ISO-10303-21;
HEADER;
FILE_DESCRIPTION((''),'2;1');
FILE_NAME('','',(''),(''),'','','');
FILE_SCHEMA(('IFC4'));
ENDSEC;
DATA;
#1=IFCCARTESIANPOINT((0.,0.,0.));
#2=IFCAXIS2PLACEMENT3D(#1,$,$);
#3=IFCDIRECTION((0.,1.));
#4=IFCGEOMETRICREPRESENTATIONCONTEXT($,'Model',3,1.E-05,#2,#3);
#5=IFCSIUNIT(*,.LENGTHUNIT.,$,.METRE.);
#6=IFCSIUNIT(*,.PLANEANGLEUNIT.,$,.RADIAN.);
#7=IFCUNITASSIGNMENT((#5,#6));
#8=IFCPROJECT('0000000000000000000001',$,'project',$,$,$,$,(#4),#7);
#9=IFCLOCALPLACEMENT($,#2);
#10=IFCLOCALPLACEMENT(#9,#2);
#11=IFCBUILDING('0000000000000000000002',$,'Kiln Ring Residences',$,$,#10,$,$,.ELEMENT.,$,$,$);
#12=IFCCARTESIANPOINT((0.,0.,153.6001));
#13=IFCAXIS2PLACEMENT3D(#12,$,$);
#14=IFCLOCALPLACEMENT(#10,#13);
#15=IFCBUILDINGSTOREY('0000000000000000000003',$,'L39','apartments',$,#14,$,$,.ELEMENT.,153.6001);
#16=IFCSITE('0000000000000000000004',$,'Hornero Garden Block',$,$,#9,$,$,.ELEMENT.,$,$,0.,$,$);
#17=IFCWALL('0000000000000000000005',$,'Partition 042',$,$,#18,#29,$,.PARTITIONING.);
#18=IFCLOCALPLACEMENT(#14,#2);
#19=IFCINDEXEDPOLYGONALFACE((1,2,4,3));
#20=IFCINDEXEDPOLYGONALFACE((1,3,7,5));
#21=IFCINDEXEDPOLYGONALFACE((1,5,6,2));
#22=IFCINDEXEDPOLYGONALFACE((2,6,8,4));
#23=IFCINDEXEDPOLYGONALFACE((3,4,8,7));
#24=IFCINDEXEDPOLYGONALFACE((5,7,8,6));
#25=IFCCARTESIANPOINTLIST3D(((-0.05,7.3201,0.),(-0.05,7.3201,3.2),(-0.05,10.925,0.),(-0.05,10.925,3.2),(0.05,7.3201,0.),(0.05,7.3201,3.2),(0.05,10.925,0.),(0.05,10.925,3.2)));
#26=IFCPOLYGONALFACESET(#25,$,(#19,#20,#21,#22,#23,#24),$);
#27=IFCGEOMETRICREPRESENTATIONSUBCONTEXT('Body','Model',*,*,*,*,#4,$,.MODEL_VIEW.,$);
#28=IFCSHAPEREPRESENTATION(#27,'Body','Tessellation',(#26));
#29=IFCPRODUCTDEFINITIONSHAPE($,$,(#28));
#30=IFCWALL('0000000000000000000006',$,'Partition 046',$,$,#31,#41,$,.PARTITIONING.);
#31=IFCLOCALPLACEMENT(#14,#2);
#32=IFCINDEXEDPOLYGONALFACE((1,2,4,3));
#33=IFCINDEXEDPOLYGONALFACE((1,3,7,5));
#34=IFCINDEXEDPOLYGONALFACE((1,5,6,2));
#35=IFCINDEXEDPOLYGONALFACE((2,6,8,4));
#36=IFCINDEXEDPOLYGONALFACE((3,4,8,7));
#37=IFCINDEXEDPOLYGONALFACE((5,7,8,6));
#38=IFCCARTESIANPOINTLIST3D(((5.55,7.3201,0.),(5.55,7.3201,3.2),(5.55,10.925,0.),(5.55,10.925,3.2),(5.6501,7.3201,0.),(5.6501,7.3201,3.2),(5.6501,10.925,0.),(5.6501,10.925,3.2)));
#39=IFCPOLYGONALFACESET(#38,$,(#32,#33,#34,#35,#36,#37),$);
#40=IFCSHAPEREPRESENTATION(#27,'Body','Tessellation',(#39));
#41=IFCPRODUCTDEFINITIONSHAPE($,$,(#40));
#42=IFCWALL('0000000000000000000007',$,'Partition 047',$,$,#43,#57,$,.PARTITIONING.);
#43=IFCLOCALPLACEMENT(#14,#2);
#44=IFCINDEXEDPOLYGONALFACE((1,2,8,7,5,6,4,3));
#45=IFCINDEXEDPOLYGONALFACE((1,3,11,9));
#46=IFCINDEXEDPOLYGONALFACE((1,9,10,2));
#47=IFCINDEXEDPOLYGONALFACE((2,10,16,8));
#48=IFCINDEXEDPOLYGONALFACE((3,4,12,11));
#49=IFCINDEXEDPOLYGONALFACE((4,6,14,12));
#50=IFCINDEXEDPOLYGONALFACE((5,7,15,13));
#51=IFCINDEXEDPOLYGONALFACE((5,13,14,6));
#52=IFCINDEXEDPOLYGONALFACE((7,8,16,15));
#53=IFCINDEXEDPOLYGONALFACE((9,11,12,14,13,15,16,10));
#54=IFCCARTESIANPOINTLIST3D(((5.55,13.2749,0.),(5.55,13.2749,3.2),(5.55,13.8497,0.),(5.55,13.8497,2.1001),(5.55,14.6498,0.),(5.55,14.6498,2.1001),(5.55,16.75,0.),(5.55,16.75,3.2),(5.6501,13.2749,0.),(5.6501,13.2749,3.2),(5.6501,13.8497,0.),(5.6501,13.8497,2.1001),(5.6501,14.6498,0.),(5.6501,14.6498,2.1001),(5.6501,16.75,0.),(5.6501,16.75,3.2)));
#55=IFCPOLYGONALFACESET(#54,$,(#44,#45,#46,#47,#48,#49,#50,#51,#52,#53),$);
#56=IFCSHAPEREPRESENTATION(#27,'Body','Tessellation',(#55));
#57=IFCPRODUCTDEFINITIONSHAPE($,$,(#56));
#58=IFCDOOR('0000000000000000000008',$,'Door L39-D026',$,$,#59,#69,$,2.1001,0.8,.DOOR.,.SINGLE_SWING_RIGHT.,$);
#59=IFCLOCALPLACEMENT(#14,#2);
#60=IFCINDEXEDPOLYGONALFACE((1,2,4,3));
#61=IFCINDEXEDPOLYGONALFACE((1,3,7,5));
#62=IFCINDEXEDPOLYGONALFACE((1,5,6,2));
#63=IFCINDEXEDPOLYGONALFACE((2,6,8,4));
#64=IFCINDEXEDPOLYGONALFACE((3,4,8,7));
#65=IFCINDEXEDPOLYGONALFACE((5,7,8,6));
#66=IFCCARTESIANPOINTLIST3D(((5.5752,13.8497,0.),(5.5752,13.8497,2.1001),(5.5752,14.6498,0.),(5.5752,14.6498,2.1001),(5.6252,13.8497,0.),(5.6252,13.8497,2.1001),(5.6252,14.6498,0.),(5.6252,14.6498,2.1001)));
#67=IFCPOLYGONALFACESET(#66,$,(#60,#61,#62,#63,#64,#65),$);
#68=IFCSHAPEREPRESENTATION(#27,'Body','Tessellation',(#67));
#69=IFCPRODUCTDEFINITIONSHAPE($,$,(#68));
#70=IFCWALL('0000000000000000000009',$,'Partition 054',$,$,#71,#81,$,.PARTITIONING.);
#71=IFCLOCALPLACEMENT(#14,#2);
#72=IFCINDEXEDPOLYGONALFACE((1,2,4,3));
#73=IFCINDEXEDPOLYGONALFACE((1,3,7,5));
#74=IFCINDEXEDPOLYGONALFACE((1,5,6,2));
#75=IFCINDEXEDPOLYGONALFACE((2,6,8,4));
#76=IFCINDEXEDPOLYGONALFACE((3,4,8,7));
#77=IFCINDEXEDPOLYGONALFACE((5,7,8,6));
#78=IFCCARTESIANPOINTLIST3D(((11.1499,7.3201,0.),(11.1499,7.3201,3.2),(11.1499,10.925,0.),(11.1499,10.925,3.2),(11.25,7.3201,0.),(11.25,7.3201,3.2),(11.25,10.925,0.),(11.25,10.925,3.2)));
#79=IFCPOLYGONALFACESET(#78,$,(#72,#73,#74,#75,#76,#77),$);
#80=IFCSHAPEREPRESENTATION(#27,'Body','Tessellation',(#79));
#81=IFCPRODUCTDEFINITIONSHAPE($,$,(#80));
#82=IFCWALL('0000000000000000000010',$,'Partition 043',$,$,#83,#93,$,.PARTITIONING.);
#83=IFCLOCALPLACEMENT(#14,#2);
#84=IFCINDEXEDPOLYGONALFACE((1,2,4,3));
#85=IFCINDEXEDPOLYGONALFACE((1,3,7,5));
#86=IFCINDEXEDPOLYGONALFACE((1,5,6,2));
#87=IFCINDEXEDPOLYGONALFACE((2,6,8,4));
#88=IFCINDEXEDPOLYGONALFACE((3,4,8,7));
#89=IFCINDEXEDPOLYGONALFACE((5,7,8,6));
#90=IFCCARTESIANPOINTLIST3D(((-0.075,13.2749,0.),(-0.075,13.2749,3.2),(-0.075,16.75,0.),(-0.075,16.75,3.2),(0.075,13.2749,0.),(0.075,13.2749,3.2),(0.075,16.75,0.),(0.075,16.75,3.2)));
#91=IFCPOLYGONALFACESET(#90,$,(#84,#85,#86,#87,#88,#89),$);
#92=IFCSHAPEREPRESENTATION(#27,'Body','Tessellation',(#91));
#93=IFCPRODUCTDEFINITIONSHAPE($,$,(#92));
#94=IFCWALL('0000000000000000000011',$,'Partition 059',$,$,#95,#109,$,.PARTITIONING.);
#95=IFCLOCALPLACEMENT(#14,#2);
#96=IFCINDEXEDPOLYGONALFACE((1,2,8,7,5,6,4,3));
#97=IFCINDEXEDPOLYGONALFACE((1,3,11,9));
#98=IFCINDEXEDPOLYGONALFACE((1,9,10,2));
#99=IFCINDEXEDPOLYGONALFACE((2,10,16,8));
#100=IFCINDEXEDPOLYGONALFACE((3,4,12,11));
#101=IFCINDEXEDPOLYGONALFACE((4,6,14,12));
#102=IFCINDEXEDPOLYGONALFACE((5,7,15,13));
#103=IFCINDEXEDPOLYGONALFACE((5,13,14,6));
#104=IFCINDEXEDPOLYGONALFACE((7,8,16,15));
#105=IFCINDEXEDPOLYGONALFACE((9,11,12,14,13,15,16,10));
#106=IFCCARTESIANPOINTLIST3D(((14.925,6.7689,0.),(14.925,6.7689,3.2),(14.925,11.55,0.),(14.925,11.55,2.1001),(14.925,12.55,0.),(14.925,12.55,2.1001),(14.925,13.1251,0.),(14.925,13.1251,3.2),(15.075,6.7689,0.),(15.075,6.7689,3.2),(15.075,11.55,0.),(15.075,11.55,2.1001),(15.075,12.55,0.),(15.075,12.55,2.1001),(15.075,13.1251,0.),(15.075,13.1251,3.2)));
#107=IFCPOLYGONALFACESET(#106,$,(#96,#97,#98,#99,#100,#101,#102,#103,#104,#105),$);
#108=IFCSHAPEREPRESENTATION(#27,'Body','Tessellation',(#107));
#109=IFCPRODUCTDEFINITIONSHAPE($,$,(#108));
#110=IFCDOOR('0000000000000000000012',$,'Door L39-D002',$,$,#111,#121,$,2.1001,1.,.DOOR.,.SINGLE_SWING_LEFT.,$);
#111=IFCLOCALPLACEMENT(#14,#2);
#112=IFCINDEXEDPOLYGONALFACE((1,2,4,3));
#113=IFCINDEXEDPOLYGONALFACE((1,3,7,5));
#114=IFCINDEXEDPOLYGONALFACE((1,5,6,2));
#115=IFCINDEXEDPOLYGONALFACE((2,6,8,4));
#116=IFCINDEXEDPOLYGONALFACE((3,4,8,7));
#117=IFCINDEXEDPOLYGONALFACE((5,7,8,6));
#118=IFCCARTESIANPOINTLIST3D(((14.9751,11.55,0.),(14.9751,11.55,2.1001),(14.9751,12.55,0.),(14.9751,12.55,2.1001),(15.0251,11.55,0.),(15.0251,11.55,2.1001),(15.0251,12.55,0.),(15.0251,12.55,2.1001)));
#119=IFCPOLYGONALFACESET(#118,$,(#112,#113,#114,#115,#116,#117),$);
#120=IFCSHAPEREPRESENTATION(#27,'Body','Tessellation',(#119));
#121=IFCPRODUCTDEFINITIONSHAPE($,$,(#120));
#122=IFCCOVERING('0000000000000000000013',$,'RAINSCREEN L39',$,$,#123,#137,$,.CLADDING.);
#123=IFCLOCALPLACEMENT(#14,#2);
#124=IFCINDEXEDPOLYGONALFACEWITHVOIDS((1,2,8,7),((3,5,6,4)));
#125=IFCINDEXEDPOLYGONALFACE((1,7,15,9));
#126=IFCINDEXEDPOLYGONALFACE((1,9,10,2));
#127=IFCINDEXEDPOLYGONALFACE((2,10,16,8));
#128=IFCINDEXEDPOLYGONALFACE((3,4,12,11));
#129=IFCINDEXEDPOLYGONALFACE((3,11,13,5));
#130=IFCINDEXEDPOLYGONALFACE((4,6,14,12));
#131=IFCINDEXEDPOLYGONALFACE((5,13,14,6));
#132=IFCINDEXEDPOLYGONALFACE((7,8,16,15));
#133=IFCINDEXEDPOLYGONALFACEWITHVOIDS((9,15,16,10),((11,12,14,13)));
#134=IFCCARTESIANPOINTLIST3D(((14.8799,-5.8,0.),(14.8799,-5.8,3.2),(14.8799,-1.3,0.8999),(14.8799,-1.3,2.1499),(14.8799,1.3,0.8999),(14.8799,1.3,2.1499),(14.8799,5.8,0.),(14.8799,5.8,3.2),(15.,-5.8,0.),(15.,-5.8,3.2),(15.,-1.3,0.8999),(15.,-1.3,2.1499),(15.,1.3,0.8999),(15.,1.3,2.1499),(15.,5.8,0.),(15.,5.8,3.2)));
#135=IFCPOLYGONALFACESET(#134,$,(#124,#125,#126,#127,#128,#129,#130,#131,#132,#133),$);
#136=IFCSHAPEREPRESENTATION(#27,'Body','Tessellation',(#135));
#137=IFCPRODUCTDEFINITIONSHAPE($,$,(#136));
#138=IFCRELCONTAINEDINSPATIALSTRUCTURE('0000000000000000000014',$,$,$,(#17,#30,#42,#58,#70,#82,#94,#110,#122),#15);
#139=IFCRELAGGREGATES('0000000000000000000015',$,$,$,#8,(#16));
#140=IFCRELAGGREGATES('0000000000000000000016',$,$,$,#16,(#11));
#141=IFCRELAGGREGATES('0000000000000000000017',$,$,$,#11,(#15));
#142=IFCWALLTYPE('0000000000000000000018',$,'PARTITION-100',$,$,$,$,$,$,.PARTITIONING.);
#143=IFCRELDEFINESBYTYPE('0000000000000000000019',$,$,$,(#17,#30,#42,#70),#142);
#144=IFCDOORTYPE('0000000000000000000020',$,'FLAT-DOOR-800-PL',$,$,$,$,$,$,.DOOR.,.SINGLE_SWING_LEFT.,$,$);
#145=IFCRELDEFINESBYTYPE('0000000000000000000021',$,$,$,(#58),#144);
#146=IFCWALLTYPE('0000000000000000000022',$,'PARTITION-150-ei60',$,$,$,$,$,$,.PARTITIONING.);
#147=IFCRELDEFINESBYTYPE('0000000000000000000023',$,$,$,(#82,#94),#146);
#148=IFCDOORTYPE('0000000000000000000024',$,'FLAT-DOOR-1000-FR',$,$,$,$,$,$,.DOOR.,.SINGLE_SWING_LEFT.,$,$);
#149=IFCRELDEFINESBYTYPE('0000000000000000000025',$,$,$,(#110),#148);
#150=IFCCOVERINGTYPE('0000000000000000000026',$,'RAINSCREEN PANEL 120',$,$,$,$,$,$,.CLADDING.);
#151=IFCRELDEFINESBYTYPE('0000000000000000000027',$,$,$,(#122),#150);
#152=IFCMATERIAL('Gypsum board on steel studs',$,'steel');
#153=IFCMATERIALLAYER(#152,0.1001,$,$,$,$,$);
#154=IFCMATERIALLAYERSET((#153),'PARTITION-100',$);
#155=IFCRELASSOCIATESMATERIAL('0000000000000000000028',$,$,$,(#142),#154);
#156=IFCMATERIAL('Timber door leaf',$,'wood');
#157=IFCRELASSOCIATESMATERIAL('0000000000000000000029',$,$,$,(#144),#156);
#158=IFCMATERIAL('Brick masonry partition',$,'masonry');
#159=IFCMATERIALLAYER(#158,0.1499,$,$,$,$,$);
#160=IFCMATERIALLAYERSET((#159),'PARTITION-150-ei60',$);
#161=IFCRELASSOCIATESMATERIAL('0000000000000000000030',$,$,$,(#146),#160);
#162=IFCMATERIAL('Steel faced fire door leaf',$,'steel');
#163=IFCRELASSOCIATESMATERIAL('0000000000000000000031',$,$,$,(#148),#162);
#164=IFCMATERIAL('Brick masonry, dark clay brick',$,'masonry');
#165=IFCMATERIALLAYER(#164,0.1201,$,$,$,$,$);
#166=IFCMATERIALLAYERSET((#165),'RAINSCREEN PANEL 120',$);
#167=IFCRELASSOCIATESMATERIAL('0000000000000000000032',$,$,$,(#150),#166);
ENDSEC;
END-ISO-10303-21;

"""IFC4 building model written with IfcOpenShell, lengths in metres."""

from ifc_helpers import new_model, si_unit, direction, frame, frame_2d, origin, place, context, subcontext, project, spatial, polyline, rectangle, outline, extrude, material, layer, layer_set, type_object, element, fill, save


model = new_model("IFC4")

# Units and contexts
model_context = context("Model", 3, precision=1e-05, world=origin(), true_north=direction((0.0, 1.0)))
body_context = subcontext(model_context, "Body", "Model", "MODEL_VIEW")
ifc_project = project(units=[si_unit("LENGTHUNIT", "METRE"), si_unit("PLANEANGLEUNIT", "RADIAN")], contexts=[model_context])

# Site, building, storey
site_placement = place(None, origin())
site = spatial("IfcSite", under=ifc_project, at=site_placement, Name="Hornero Garden Block", CompositionType="ELEMENT", RefElevation=0.0)
building_placement = place(site_placement, origin())
building = spatial("IfcBuilding", under=site, at=building_placement, Name="Kiln Ring Residences", CompositionType="ELEMENT")
storey_placement = place(building_placement, frame((0.0, 0.0, 153.6001)))
storey = spatial("IfcBuildingStorey", under=building, at=storey_placement, Name="L39", Description="apartments", CompositionType="ELEMENT", Elevation=153.6001)

# Walls
ifc_material_1 = material(Name="Gypsum board on steel studs", Category="steel")
ifc_layer_1 = layer(ifc_material_1, 0.1001)
ifc_layer_set_1 = layer_set([ifc_layer_1], Name="PARTITION-100")
wall_type_1 = type_object("IfcWallType", Name="PARTITION-100", PredefinedType="PARTITIONING", material=ifc_layer_set_1)
for number, where, z_axis, x_axis, name in (
    (1, (0.0, 7.3201, 0.0), (0.0, 0.0, 1.0), (0.0, 1.0, 0.0), "Partition 042"),
    (2, (5.6001, 7.3201, 0.0), (0.0, 0.0, 1.0), (0.0, 1.0, 0.0), "Partition 046"),
):
    element("IfcWall", number, at=place(storey_placement, frame(where, z_axis=z_axis, x_axis=x_axis)), inside=storey, type_object=wall_type_1, Name=name, PredefinedType="PARTITIONING", context=body_context, shape_type="SweptSolid", body=[
        extrude(rectangle(XDim=3.605, YDim=0.1001, at=frame_2d((1.8025, 0.0))), origin(), (0.0, 0.0, 1.0), 3.2),
    ])

# Wall, opening, door
wall_1_placement = place(storey_placement, frame((5.6001, 13.2749, 0.0), z_axis=(0.0, 0.0, 1.0), x_axis=(0.0, 1.0, 0.0)))
wall_1 = element("IfcWall", 3, at=wall_1_placement, inside=storey, type_object=wall_type_1, Name="Partition 047", PredefinedType="PARTITIONING", context=body_context, shape_type="SweptSolid", body=[
    extrude(rectangle(XDim=3.4751, YDim=0.1001, at=frame_2d((1.7375, 0.0))), origin(), (0.0, 0.0, 1.0), 3.2),
])
opening_1_placement = place(wall_1_placement, frame((0.575, 0.0, 0.0)))
opening_1 = element("IfcOpeningElement", 4, at=opening_1_placement, cuts=wall_1, PredefinedType="OPENING", context=body_context, shape_type="SweptSolid", body=[
    extrude(rectangle(XDim=0.8, YDim=2.1001, at=frame_2d((0.3999, 1.05))), frame((0.0, 0.0601, 0.0), z_axis=(0.0, -1.0, 0.0), x_axis=(1.0, 0.0, 0.0)), (0.0, 0.0, 1.0), 0.1201),
])
ifc_material_2 = material(Name="Timber door leaf", Category="wood")
door_type_1 = type_object("IfcDoorType", Name="FLAT-DOOR-800-PL", OperationType="SINGLE_SWING_LEFT", PredefinedType="DOOR", material=ifc_material_2)
door_1_placement = place(opening_1_placement, origin())
door_1 = element("IfcDoor", 5, at=door_1_placement, inside=storey, type_object=door_type_1, Name="Door L39-D026", OperationType="SINGLE_SWING_RIGHT", OverallHeight=2.1001, OverallWidth=0.8, PredefinedType="DOOR", context=body_context, shape_type="SweptSolid", body=[
    extrude(rectangle(XDim=0.8, YDim=2.1001, at=frame_2d((0.3999, 1.05))), frame((0.0, 0.0249, 0.0), z_axis=(0.0, -1.0, 0.0), x_axis=(1.0, 0.0, 0.0)), (0.0, 0.0, 1.0), 0.05),
])
fill(opening_1, door_1)

# Walls
wall_2_placement = place(storey_placement, frame((11.2, 7.3201, 0.0), z_axis=(0.0, 0.0, 1.0), x_axis=(0.0, 1.0, 0.0)))
element("IfcWall", 6, at=wall_2_placement, inside=storey, type_object=wall_type_1, Name="Partition 054", PredefinedType="PARTITIONING", context=body_context, shape_type="SweptSolid", body=[
    extrude(rectangle(XDim=3.605, YDim=0.1001, at=frame_2d((1.8025, 0.0))), origin(), (0.0, 0.0, 1.0), 3.2),
])
ifc_material_3 = material(Name="Brick masonry partition", Category="masonry")
ifc_layer_2 = layer(ifc_material_3, 0.1499)
ifc_layer_set_2 = layer_set([ifc_layer_2], Name="PARTITION-150-ei60")
wall_type_2 = type_object("IfcWallType", Name="PARTITION-150-ei60", PredefinedType="PARTITIONING", material=ifc_layer_set_2)
wall_3_placement = place(storey_placement, frame((0.0, 13.2749, 0.0), z_axis=(0.0, 0.0, 1.0), x_axis=(0.0, 1.0, 0.0)))
element("IfcWall", 7, at=wall_3_placement, inside=storey, type_object=wall_type_2, Name="Partition 043", PredefinedType="PARTITIONING", context=body_context, shape_type="SweptSolid", body=[
    extrude(rectangle(XDim=3.4751, YDim=0.1499, at=frame_2d((1.7375, 0.0))), origin(), (0.0, 0.0, 1.0), 3.2),
])

# Wall, opening, door
wall_4_placement = place(storey_placement, frame((15.0, 6.7688, 0.0), z_axis=(0.0, 0.0, 1.0), x_axis=(0.0, 1.0, 0.0)))
wall_4 = element("IfcWall", 8, at=wall_4_placement, inside=storey, type_object=wall_type_2, Name="Partition 059", PredefinedType="PARTITIONING", context=body_context, shape_type="SweptSolid", body=[
    extrude(rectangle(XDim=6.3562, YDim=0.1499, at=frame_2d((3.1782, 0.0))), origin(), (0.0, 0.0, 1.0), 3.2),
])
opening_2_placement = place(wall_4_placement, frame((4.7812, 0.0, 0.0)))
opening_2 = element("IfcOpeningElement", 9, at=opening_2_placement, cuts=wall_4, PredefinedType="OPENING", context=body_context, shape_type="SweptSolid", body=[
    extrude(rectangle(XDim=1.0, YDim=2.1001, at=frame_2d((0.5, 1.05))), frame((0.0, 0.085, 0.0), z_axis=(0.0, -1.0, 0.0), x_axis=(1.0, 0.0, 0.0)), (0.0, 0.0, 1.0), 0.1699),
])
ifc_material_4 = material(Name="Steel faced fire door leaf", Category="steel")
door_type_2 = type_object("IfcDoorType", Name="FLAT-DOOR-1000-FR", OperationType="SINGLE_SWING_LEFT", PredefinedType="DOOR", material=ifc_material_4)
door_2_placement = place(opening_2_placement, origin())
door_2 = element("IfcDoor", 10, at=door_2_placement, inside=storey, type_object=door_type_2, Name="Door L39-D002", OperationType="SINGLE_SWING_LEFT", OverallHeight=2.1001, OverallWidth=1.0, PredefinedType="DOOR", context=body_context, shape_type="SweptSolid", body=[
    extrude(rectangle(XDim=1.0, YDim=2.1001, at=frame_2d((0.5, 1.05))), frame((0.0, 0.0249, 0.0), z_axis=(0.0, -1.0, 0.0), x_axis=(1.0, 0.0, 0.0)), (0.0, 0.0, 1.0), 0.05),
])
fill(opening_2, door_2)

# Covering
ifc_material_5 = material(Name="Brick masonry, dark clay brick", Category="masonry")
ifc_layer_3 = layer(ifc_material_5, 0.1201)
ifc_layer_set_3 = layer_set([ifc_layer_3], Name="RAINSCREEN PANEL 120")
covering_type = type_object("IfcCoveringType", Name="RAINSCREEN PANEL 120", PredefinedType="CLADDING", material=ifc_layer_set_3)
covering_placement = place(storey_placement, frame((14.9399, 5.8, 0.0), z_axis=(0.0, 0.0, 1.0), x_axis=(0.0, -1.0, 0.0)))
element("IfcCovering", 11, at=covering_placement, inside=storey, type_object=covering_type, Name="RAINSCREEN L39", PredefinedType="CLADDING", context=body_context, shape_type="SweptSolid", body=[
    extrude(outline(polyline([(0.0, 0.0), (11.6001, 0.0), (11.6001, 3.2), (0.0, 3.2), (0.0, 0.0)]), holes=[polyline([(4.5, 2.1499), (4.5, 0.8999), (7.1001, 0.8999), (7.1001, 2.1499), (4.5, 2.1499)])]), frame((0.0, 0.0601, 0.0), z_axis=(0.0, -1.0, 0.0), x_axis=(1.0, 0.0, 0.0)), (0.0, 0.0, 1.0), 0.1201),
])

save(model, "model.ifc")
